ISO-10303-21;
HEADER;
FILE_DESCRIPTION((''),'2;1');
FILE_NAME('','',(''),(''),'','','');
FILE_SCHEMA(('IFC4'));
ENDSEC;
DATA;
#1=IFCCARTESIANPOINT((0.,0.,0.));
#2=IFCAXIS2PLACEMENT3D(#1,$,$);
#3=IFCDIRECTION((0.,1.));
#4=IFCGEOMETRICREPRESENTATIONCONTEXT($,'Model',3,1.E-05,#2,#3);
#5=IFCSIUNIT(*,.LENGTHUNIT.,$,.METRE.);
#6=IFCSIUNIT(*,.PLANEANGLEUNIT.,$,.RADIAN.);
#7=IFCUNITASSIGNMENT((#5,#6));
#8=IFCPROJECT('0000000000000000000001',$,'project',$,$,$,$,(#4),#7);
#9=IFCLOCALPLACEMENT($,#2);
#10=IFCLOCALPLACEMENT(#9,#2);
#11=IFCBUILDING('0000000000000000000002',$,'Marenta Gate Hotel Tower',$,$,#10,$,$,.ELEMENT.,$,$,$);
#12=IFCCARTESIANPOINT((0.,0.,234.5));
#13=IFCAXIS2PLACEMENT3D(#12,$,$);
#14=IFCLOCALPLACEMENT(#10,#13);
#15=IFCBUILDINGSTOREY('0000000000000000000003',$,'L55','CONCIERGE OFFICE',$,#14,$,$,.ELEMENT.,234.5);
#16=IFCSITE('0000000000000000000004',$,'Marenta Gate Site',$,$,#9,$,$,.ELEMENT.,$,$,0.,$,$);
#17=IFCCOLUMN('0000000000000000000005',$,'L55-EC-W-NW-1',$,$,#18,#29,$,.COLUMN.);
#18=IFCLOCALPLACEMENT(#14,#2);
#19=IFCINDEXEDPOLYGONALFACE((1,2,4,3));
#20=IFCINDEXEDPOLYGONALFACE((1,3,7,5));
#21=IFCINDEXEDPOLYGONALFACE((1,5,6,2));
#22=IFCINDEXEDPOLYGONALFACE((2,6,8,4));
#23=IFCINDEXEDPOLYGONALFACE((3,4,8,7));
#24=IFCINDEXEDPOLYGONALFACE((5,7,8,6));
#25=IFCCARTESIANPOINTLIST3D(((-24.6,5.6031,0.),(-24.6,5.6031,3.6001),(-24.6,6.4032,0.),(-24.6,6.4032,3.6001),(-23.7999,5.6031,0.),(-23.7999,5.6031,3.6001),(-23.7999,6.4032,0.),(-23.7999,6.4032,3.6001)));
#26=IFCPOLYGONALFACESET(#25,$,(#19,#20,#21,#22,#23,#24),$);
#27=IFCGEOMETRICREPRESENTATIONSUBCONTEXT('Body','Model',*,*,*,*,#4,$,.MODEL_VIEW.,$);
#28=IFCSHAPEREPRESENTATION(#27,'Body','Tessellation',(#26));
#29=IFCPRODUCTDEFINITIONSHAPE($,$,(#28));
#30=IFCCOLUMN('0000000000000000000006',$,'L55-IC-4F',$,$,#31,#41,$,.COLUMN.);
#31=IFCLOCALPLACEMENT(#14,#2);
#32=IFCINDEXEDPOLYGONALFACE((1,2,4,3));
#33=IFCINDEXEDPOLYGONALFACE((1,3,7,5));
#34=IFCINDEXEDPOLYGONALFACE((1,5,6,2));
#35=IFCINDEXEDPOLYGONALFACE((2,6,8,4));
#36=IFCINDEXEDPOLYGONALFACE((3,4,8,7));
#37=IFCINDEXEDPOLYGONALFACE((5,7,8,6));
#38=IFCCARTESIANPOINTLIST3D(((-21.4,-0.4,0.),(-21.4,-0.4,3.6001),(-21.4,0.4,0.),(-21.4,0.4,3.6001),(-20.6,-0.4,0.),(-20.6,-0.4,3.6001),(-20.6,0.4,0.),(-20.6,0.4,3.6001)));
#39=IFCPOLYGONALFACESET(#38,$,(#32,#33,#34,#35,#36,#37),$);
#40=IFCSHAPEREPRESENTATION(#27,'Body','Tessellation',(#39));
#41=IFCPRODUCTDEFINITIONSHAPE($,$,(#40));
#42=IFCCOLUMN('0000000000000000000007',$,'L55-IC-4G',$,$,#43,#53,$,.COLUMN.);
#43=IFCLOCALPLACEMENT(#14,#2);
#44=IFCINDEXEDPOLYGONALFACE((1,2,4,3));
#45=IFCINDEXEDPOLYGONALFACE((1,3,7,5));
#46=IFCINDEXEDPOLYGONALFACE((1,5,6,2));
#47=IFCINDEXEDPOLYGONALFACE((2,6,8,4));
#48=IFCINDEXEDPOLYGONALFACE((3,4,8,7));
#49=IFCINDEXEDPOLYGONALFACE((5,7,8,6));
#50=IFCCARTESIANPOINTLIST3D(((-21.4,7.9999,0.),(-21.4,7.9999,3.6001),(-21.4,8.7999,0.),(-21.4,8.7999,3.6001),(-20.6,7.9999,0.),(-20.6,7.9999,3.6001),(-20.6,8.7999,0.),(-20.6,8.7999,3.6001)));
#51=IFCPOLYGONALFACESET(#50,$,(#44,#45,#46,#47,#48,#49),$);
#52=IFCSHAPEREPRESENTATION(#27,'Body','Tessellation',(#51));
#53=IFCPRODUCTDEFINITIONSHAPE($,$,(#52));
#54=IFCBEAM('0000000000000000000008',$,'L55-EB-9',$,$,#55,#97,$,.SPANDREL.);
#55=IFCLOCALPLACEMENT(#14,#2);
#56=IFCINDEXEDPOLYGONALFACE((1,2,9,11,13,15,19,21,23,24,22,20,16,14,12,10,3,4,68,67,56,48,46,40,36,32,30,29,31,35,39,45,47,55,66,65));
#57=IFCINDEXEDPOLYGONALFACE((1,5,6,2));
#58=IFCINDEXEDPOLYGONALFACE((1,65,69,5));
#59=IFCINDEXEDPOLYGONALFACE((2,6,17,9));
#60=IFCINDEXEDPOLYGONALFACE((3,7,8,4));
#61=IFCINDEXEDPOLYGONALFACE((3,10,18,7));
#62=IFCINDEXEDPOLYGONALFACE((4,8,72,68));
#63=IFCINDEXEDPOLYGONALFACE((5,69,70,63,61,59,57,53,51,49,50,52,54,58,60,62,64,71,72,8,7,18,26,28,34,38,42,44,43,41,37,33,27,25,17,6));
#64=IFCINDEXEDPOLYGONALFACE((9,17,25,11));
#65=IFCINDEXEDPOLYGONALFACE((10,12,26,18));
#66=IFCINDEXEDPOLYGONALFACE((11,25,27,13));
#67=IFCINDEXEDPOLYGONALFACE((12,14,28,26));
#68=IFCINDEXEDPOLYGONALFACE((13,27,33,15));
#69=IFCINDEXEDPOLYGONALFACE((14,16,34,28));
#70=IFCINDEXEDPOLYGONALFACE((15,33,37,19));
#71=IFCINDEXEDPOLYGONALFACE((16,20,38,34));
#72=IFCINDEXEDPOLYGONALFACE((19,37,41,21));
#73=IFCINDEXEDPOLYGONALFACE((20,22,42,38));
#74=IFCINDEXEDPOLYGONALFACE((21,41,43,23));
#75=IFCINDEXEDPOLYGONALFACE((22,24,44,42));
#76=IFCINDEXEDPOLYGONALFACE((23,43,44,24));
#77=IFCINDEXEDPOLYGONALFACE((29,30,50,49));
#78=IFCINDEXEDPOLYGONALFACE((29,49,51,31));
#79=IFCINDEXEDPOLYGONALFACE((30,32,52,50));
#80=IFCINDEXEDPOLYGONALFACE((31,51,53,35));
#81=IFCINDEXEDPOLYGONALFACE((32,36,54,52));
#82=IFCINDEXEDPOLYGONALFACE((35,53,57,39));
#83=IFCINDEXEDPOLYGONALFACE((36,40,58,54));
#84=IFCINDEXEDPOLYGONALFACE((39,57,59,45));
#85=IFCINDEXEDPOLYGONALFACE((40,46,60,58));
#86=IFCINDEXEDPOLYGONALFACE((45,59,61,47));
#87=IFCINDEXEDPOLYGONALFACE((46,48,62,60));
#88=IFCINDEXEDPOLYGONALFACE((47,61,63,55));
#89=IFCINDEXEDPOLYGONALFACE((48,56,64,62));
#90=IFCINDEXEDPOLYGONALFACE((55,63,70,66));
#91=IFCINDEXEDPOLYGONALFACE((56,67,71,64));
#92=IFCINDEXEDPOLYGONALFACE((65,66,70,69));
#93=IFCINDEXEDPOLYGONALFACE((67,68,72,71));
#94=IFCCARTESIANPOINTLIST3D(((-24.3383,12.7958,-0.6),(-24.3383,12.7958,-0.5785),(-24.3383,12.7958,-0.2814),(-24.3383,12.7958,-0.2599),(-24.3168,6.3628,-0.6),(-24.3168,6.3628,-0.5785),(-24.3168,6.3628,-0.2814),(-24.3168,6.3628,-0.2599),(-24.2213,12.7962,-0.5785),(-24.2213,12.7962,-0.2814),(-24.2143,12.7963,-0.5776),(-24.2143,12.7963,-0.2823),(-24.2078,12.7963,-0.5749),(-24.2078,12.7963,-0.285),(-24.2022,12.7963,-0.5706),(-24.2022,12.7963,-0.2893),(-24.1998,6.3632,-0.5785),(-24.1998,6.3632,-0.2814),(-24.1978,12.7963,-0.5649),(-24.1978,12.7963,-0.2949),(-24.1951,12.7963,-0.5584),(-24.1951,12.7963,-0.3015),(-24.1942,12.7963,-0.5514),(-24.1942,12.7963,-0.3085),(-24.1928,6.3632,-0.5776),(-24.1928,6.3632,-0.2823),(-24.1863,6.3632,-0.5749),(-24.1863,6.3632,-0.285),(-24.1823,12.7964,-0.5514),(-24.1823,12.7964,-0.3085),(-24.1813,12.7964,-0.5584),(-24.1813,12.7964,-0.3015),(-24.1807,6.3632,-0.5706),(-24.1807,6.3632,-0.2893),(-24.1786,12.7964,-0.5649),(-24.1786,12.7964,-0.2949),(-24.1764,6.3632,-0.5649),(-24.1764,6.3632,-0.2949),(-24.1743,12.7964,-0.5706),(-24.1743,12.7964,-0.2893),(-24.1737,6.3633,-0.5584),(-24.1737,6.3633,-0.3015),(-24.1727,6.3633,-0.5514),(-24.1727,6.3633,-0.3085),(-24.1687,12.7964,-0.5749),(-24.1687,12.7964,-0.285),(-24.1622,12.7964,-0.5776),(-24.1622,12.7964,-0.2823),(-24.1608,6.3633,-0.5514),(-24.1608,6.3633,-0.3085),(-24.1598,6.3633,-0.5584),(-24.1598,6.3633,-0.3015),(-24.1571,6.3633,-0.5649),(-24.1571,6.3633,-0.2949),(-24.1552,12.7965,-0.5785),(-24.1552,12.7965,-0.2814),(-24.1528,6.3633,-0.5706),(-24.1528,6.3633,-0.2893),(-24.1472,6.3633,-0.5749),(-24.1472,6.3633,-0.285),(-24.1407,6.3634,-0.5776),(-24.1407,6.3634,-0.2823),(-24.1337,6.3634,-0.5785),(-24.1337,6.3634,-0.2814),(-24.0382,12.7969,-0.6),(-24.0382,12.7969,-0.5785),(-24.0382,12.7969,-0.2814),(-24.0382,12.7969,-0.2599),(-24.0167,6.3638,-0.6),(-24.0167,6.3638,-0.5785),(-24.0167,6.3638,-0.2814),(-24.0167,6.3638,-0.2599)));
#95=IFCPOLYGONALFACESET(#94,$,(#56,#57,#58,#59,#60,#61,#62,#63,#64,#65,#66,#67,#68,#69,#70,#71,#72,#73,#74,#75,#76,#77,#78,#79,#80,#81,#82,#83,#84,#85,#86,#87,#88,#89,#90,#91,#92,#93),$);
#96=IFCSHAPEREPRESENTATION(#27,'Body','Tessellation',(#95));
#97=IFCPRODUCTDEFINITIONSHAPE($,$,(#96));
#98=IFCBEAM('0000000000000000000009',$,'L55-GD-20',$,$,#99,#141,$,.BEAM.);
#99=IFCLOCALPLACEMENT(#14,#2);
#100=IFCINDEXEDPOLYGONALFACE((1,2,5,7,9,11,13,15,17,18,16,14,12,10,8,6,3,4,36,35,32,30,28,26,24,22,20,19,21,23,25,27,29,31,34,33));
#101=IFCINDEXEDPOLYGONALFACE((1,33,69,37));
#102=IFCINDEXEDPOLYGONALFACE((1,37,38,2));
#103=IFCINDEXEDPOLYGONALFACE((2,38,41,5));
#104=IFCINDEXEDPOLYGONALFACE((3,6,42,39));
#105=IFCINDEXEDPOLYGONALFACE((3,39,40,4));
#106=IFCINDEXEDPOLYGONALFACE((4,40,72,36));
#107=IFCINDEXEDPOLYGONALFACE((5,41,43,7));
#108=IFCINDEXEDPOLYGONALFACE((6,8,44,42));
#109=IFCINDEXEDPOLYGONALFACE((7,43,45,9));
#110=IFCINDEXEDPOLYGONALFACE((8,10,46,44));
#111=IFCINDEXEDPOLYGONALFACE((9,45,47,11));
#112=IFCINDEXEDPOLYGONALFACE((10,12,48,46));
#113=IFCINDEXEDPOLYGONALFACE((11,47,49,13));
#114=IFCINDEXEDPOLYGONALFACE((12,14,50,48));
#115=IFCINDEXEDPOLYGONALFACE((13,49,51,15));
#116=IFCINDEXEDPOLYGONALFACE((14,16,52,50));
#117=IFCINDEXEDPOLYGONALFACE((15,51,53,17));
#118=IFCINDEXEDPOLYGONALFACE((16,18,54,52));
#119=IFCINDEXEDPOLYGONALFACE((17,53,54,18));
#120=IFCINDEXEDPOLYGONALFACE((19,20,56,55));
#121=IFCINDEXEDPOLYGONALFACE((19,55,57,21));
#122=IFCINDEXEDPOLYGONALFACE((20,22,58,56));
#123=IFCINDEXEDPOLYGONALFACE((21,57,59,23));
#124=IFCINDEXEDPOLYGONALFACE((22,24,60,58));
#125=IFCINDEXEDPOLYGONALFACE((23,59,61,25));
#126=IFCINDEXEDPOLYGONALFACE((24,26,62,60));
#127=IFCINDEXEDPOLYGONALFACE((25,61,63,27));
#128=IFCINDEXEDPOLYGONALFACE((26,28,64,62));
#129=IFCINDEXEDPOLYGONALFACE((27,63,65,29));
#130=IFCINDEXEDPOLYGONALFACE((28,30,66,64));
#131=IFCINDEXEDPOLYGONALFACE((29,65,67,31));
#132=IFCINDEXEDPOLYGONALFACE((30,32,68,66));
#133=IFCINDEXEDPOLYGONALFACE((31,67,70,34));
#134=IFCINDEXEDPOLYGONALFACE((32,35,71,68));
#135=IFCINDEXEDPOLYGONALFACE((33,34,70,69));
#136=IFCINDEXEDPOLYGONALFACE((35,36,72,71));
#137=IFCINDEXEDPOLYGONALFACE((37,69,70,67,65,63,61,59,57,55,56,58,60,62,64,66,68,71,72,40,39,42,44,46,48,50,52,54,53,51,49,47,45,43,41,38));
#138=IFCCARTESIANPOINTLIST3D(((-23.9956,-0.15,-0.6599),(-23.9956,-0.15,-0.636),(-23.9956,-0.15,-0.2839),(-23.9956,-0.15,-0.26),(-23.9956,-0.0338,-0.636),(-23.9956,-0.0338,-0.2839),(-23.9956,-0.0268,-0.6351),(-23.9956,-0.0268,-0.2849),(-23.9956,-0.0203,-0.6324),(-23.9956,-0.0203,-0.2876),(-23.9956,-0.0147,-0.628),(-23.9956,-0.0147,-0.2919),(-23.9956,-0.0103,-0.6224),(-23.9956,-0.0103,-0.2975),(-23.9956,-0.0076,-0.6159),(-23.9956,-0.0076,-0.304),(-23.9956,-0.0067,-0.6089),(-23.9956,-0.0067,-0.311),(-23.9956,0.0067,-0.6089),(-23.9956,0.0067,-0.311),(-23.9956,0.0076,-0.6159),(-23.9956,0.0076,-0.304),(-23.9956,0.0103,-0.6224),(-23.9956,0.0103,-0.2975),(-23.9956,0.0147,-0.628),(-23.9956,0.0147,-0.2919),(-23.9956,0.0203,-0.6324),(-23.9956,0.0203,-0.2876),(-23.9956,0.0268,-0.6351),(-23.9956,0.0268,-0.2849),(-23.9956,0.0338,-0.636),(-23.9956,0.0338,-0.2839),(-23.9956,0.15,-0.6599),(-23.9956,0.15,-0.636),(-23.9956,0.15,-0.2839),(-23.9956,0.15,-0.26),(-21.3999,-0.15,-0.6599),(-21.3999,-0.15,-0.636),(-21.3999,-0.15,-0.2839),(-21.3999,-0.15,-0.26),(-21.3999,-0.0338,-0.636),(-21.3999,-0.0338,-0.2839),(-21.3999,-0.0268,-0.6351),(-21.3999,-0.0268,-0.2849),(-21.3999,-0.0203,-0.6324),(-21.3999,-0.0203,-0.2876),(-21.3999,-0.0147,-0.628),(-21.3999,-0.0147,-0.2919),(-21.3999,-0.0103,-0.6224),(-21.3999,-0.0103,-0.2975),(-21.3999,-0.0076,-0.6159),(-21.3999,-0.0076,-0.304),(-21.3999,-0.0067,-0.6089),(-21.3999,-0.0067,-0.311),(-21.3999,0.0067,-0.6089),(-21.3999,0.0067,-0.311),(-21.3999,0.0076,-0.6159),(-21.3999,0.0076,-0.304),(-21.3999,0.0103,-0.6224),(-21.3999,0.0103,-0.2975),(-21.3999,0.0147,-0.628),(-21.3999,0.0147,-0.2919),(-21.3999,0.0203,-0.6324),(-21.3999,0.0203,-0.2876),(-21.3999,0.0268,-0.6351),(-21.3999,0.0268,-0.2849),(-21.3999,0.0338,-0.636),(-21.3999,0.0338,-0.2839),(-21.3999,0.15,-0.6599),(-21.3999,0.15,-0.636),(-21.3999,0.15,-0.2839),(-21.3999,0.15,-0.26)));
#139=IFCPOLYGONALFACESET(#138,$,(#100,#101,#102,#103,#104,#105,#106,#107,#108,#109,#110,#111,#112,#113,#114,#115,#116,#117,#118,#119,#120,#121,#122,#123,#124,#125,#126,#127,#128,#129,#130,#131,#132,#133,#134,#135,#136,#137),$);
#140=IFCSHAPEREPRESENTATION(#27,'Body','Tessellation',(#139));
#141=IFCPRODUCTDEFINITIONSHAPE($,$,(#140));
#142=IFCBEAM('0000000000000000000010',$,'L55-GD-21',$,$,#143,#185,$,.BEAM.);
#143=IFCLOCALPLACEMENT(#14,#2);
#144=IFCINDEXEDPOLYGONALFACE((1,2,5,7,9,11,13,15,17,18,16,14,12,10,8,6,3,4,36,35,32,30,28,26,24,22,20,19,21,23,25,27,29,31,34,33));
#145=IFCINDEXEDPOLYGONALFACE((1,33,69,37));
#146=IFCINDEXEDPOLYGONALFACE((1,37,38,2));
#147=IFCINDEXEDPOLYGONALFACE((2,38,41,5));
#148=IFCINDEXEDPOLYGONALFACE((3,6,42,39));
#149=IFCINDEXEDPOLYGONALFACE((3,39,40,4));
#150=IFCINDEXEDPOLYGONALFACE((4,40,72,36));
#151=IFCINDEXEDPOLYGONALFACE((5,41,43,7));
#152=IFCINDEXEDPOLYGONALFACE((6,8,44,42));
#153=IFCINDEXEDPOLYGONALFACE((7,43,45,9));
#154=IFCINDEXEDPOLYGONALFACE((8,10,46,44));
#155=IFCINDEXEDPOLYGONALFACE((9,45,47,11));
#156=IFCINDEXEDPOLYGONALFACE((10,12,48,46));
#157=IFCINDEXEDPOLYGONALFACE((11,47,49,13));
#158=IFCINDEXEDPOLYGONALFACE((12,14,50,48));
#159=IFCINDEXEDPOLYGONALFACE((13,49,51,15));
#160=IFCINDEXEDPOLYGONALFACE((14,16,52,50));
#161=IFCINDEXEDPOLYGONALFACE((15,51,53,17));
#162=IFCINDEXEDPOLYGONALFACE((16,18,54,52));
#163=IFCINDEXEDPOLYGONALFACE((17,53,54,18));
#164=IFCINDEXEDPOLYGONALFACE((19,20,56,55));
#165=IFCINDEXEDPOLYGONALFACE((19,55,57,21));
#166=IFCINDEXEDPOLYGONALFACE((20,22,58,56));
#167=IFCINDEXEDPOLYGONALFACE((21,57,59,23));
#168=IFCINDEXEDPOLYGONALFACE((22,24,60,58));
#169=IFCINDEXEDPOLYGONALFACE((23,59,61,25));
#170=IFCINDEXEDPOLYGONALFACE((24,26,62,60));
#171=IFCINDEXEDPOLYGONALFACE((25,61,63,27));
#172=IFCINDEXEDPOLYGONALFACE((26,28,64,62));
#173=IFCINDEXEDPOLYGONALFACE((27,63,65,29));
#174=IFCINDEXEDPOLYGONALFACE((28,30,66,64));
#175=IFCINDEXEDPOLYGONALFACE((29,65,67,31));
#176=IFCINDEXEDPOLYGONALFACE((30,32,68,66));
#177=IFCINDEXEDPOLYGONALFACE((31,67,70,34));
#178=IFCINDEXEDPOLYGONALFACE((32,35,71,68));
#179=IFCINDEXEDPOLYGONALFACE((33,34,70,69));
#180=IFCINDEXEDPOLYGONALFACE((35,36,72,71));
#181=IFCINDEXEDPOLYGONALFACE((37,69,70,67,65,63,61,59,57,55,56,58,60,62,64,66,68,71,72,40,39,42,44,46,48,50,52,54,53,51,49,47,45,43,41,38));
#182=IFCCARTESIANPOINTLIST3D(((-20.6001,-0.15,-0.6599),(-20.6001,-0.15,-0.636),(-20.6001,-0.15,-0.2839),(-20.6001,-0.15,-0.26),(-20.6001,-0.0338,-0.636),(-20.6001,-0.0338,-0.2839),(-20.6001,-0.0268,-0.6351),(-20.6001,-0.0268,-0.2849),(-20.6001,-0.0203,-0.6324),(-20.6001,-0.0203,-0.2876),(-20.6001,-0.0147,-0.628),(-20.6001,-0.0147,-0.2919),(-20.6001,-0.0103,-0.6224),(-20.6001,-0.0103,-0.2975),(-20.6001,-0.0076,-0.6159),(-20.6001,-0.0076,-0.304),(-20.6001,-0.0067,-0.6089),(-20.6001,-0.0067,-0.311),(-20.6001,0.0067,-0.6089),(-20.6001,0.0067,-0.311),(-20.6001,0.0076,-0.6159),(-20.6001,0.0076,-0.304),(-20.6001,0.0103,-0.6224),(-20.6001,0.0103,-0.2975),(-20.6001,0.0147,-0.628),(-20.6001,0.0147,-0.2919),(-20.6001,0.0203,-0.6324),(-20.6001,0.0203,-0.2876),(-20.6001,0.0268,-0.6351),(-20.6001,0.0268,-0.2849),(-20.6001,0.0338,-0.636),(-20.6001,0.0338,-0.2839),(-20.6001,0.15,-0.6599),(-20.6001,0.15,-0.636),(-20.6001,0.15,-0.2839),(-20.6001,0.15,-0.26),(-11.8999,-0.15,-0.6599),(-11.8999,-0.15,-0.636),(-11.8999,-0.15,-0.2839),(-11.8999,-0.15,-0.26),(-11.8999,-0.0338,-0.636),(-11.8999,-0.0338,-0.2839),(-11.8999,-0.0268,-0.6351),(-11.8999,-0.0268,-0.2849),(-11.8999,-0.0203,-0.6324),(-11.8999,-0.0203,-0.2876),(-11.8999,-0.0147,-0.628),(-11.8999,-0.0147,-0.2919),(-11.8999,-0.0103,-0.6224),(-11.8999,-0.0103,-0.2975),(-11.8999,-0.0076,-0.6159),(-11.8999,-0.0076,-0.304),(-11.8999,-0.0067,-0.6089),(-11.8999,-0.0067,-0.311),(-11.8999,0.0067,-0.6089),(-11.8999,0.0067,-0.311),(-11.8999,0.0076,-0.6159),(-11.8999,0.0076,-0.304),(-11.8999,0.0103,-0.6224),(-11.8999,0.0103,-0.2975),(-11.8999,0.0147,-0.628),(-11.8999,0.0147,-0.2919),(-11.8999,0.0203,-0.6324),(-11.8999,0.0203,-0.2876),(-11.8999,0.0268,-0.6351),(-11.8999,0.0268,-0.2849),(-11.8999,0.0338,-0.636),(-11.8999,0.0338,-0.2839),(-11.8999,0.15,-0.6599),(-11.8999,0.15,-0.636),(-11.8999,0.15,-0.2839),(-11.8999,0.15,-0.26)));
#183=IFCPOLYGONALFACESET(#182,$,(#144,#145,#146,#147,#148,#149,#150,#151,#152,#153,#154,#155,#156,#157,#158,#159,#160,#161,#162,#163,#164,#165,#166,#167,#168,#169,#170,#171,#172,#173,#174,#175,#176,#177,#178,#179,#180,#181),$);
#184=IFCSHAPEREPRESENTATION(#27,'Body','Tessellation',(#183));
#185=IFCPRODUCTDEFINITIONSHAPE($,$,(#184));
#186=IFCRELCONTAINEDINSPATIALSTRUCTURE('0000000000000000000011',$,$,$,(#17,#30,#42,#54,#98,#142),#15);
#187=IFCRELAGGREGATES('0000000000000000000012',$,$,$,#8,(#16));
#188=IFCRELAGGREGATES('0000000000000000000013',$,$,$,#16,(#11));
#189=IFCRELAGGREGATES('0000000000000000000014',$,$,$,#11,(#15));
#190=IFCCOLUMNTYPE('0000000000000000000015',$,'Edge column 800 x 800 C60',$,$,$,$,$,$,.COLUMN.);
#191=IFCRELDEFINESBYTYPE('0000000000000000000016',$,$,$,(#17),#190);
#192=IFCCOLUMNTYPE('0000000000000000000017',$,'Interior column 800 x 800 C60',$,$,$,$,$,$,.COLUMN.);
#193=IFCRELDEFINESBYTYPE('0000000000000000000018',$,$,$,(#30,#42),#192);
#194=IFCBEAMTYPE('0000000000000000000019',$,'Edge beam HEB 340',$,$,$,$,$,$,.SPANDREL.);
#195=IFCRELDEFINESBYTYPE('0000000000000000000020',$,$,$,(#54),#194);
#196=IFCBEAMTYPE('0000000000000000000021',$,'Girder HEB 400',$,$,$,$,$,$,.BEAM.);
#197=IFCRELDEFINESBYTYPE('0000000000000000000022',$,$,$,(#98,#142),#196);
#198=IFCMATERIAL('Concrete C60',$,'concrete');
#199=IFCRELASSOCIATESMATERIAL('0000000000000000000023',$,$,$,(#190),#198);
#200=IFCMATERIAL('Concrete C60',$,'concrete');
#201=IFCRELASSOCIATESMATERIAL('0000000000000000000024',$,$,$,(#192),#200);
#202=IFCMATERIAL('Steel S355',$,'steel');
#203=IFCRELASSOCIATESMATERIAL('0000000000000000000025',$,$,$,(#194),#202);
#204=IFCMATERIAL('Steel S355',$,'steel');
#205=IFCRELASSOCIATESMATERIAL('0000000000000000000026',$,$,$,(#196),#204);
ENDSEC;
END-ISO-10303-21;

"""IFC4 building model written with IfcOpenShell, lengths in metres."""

from ifc_helpers import new_model, si_unit, direction, frame, origin, origin_2d, place, context, subcontext, project, spatial, rectangle, i_section, extrude, material, material_profile, profile_set, type_object, element, save


model = new_model("IFC4")

# Units and contexts
model_context = context("Model", 3, precision=1e-05, world=origin(), true_north=direction((0.0, 1.0)))
body_context = subcontext(model_context, "Body", "Model", "MODEL_VIEW")
ifc_project = project(units=[si_unit("LENGTHUNIT", "METRE"), si_unit("PLANEANGLEUNIT", "RADIAN")], contexts=[model_context])

# Site, building, storey
site_placement = place(None, origin())
site = spatial("IfcSite", under=ifc_project, at=site_placement, Name="Marenta Gate Site", CompositionType="ELEMENT", RefElevation=0.0)
building_placement = place(site_placement, origin())
building = spatial("IfcBuilding", under=site, at=building_placement, Name="Marenta Gate Hotel Tower", CompositionType="ELEMENT")
storey_placement = place(building_placement, frame((0.0, 0.0, 234.5)))
storey = spatial("IfcBuildingStorey", under=building, at=storey_placement, Name="L55", Description="CONCIERGE OFFICE", CompositionType="ELEMENT", Elevation=234.5)

# Columns
ifc_material_1 = material(Name="Concrete C60", Category="concrete")
ifc_material_profile_1 = material_profile(ifc_material_1, rectangle(XDim=0.8, YDim=0.8, at=origin_2d()), Name="800 x 800")
ifc_profile_set_1 = profile_set([ifc_material_profile_1], Name="Concrete C60")
column_type_1 = type_object("IfcColumnType", Name="Edge column 800 x 800 C60", PredefinedType="COLUMN", material=ifc_profile_set_1)
column_placement = place(storey_placement, frame((-24.2, 6.0032, 0.0), z_axis=(0.0, 0.0, 1.0), x_axis=(1.0, 0.0, 0.0)))
element("IfcColumn", 1, at=column_placement, inside=storey, type_object=column_type_1, Name="L55-EC-W-NW-1", PredefinedType="COLUMN", context=body_context, shape_type="SweptSolid", body=[
    extrude(rectangle(XDim=0.8, YDim=0.8, at=origin_2d()), origin(), (0.0, 0.0, 1.0), 3.6001),
])
ifc_material_2 = material(Name="Concrete C60", Category="concrete")
ifc_material_profile_2 = material_profile(ifc_material_2, rectangle(XDim=0.8, YDim=0.8, at=origin_2d()), Name="800 x 800")
ifc_profile_set_2 = profile_set([ifc_material_profile_2], Name="Concrete C60")
column_type_2 = type_object("IfcColumnType", Name="Interior column 800 x 800 C60", PredefinedType="COLUMN", material=ifc_profile_set_2)
for number, where, z_axis, x_axis, name in (
    (2, (-21.0, 0.0, 0.0), (0.0, 0.0, 1.0), (1.0, 0.0, 0.0), "L55-IC-4F"),
    (3, (-21.0, 8.3999, 0.0), (0.0, 0.0, 1.0), (1.0, 0.0, 0.0), "L55-IC-4G"),
):
    element("IfcColumn", number, at=place(storey_placement, frame(where, z_axis=z_axis, x_axis=x_axis)), inside=storey, type_object=column_type_2, Name=name, PredefinedType="COLUMN", context=body_context, shape_type="SweptSolid", body=[
        extrude(rectangle(XDim=0.8, YDim=0.8, at=origin_2d()), origin(), (0.0, 0.0, 1.0), 3.6001),
    ])

# Beams
ifc_material_3 = material(Name="Steel S355", Category="steel")
ifc_material_profile_3 = material_profile(ifc_material_3, i_section(OverallWidth=0.3, OverallDepth=0.3401, WebThickness=0.012, FlangeThickness=0.0215, FilletRadius=0.0271, at=origin_2d()), Name="HEB 340")
ifc_profile_set_3 = profile_set([ifc_material_profile_3], Name="Steel S355")
beam_type_1 = type_object("IfcBeamType", Name="Edge beam HEB 340", PredefinedType="SPANDREL", material=ifc_profile_set_3)
beam_1_placement = place(storey_placement, frame((-24.1667, 6.3633, -0.4299), z_axis=(-0.00334, 0.999994, 0.0), x_axis=(-0.999994, -0.00334, 0.0)))
element("IfcBeam", 4, at=beam_1_placement, inside=storey, type_object=beam_type_1, Name="L55-EB-9", PredefinedType="SPANDREL", context=body_context, shape_type="SweptSolid", body=[
    extrude(i_section(OverallWidth=0.3, OverallDepth=0.3401, WebThickness=0.012, FlangeThickness=0.0215, FilletRadius=0.0271, at=origin_2d()), origin(), (0.0, 0.0, 1.0), 6.4331),
])
ifc_material_4 = material(Name="Steel S355", Category="steel")
ifc_material_profile_4 = material_profile(ifc_material_4, i_section(OverallWidth=0.3, OverallDepth=0.3999, WebThickness=0.0134, FlangeThickness=0.0239, FilletRadius=0.0271, at=origin_2d()), Name="HEB 400")
ifc_profile_set_4 = profile_set([ifc_material_profile_4], Name="Steel S355")
beam_type_2 = type_object("IfcBeamType", Name="Girder HEB 400", PredefinedType="BEAM", material=ifc_profile_set_4)
beam_2_placement = place(storey_placement, frame((-23.9956, 0.0, -0.46), z_axis=(1.0, 0.0, 0.0), x_axis=(0.0, 1.0, 0.0)))
element("IfcBeam", 5, at=beam_2_placement, inside=storey, type_object=beam_type_2, Name="L55-GD-20", PredefinedType="BEAM", context=body_context, shape_type="SweptSolid", body=[
    extrude(i_section(OverallWidth=0.3, OverallDepth=0.3999, WebThickness=0.0134, FlangeThickness=0.0239, FilletRadius=0.0271, at=origin_2d()), origin(), (0.0, 0.0, 1.0), 2.5957),
])
beam_3_placement = place(storey_placement, frame((-20.6001, 0.0, -0.46), z_axis=(1.0, 0.0, 0.0), x_axis=(0.0, 1.0, 0.0)))
element("IfcBeam", 6, at=beam_3_placement, inside=storey, type_object=beam_type_2, Name="L55-GD-21", PredefinedType="BEAM", context=body_context, shape_type="SweptSolid", body=[
    extrude(i_section(OverallWidth=0.3, OverallDepth=0.3999, WebThickness=0.0134, FlangeThickness=0.0239, FilletRadius=0.0271, at=origin_2d()), origin(), (0.0, 0.0, 1.0), 8.7002),
])

save(model, "model.ifc")
